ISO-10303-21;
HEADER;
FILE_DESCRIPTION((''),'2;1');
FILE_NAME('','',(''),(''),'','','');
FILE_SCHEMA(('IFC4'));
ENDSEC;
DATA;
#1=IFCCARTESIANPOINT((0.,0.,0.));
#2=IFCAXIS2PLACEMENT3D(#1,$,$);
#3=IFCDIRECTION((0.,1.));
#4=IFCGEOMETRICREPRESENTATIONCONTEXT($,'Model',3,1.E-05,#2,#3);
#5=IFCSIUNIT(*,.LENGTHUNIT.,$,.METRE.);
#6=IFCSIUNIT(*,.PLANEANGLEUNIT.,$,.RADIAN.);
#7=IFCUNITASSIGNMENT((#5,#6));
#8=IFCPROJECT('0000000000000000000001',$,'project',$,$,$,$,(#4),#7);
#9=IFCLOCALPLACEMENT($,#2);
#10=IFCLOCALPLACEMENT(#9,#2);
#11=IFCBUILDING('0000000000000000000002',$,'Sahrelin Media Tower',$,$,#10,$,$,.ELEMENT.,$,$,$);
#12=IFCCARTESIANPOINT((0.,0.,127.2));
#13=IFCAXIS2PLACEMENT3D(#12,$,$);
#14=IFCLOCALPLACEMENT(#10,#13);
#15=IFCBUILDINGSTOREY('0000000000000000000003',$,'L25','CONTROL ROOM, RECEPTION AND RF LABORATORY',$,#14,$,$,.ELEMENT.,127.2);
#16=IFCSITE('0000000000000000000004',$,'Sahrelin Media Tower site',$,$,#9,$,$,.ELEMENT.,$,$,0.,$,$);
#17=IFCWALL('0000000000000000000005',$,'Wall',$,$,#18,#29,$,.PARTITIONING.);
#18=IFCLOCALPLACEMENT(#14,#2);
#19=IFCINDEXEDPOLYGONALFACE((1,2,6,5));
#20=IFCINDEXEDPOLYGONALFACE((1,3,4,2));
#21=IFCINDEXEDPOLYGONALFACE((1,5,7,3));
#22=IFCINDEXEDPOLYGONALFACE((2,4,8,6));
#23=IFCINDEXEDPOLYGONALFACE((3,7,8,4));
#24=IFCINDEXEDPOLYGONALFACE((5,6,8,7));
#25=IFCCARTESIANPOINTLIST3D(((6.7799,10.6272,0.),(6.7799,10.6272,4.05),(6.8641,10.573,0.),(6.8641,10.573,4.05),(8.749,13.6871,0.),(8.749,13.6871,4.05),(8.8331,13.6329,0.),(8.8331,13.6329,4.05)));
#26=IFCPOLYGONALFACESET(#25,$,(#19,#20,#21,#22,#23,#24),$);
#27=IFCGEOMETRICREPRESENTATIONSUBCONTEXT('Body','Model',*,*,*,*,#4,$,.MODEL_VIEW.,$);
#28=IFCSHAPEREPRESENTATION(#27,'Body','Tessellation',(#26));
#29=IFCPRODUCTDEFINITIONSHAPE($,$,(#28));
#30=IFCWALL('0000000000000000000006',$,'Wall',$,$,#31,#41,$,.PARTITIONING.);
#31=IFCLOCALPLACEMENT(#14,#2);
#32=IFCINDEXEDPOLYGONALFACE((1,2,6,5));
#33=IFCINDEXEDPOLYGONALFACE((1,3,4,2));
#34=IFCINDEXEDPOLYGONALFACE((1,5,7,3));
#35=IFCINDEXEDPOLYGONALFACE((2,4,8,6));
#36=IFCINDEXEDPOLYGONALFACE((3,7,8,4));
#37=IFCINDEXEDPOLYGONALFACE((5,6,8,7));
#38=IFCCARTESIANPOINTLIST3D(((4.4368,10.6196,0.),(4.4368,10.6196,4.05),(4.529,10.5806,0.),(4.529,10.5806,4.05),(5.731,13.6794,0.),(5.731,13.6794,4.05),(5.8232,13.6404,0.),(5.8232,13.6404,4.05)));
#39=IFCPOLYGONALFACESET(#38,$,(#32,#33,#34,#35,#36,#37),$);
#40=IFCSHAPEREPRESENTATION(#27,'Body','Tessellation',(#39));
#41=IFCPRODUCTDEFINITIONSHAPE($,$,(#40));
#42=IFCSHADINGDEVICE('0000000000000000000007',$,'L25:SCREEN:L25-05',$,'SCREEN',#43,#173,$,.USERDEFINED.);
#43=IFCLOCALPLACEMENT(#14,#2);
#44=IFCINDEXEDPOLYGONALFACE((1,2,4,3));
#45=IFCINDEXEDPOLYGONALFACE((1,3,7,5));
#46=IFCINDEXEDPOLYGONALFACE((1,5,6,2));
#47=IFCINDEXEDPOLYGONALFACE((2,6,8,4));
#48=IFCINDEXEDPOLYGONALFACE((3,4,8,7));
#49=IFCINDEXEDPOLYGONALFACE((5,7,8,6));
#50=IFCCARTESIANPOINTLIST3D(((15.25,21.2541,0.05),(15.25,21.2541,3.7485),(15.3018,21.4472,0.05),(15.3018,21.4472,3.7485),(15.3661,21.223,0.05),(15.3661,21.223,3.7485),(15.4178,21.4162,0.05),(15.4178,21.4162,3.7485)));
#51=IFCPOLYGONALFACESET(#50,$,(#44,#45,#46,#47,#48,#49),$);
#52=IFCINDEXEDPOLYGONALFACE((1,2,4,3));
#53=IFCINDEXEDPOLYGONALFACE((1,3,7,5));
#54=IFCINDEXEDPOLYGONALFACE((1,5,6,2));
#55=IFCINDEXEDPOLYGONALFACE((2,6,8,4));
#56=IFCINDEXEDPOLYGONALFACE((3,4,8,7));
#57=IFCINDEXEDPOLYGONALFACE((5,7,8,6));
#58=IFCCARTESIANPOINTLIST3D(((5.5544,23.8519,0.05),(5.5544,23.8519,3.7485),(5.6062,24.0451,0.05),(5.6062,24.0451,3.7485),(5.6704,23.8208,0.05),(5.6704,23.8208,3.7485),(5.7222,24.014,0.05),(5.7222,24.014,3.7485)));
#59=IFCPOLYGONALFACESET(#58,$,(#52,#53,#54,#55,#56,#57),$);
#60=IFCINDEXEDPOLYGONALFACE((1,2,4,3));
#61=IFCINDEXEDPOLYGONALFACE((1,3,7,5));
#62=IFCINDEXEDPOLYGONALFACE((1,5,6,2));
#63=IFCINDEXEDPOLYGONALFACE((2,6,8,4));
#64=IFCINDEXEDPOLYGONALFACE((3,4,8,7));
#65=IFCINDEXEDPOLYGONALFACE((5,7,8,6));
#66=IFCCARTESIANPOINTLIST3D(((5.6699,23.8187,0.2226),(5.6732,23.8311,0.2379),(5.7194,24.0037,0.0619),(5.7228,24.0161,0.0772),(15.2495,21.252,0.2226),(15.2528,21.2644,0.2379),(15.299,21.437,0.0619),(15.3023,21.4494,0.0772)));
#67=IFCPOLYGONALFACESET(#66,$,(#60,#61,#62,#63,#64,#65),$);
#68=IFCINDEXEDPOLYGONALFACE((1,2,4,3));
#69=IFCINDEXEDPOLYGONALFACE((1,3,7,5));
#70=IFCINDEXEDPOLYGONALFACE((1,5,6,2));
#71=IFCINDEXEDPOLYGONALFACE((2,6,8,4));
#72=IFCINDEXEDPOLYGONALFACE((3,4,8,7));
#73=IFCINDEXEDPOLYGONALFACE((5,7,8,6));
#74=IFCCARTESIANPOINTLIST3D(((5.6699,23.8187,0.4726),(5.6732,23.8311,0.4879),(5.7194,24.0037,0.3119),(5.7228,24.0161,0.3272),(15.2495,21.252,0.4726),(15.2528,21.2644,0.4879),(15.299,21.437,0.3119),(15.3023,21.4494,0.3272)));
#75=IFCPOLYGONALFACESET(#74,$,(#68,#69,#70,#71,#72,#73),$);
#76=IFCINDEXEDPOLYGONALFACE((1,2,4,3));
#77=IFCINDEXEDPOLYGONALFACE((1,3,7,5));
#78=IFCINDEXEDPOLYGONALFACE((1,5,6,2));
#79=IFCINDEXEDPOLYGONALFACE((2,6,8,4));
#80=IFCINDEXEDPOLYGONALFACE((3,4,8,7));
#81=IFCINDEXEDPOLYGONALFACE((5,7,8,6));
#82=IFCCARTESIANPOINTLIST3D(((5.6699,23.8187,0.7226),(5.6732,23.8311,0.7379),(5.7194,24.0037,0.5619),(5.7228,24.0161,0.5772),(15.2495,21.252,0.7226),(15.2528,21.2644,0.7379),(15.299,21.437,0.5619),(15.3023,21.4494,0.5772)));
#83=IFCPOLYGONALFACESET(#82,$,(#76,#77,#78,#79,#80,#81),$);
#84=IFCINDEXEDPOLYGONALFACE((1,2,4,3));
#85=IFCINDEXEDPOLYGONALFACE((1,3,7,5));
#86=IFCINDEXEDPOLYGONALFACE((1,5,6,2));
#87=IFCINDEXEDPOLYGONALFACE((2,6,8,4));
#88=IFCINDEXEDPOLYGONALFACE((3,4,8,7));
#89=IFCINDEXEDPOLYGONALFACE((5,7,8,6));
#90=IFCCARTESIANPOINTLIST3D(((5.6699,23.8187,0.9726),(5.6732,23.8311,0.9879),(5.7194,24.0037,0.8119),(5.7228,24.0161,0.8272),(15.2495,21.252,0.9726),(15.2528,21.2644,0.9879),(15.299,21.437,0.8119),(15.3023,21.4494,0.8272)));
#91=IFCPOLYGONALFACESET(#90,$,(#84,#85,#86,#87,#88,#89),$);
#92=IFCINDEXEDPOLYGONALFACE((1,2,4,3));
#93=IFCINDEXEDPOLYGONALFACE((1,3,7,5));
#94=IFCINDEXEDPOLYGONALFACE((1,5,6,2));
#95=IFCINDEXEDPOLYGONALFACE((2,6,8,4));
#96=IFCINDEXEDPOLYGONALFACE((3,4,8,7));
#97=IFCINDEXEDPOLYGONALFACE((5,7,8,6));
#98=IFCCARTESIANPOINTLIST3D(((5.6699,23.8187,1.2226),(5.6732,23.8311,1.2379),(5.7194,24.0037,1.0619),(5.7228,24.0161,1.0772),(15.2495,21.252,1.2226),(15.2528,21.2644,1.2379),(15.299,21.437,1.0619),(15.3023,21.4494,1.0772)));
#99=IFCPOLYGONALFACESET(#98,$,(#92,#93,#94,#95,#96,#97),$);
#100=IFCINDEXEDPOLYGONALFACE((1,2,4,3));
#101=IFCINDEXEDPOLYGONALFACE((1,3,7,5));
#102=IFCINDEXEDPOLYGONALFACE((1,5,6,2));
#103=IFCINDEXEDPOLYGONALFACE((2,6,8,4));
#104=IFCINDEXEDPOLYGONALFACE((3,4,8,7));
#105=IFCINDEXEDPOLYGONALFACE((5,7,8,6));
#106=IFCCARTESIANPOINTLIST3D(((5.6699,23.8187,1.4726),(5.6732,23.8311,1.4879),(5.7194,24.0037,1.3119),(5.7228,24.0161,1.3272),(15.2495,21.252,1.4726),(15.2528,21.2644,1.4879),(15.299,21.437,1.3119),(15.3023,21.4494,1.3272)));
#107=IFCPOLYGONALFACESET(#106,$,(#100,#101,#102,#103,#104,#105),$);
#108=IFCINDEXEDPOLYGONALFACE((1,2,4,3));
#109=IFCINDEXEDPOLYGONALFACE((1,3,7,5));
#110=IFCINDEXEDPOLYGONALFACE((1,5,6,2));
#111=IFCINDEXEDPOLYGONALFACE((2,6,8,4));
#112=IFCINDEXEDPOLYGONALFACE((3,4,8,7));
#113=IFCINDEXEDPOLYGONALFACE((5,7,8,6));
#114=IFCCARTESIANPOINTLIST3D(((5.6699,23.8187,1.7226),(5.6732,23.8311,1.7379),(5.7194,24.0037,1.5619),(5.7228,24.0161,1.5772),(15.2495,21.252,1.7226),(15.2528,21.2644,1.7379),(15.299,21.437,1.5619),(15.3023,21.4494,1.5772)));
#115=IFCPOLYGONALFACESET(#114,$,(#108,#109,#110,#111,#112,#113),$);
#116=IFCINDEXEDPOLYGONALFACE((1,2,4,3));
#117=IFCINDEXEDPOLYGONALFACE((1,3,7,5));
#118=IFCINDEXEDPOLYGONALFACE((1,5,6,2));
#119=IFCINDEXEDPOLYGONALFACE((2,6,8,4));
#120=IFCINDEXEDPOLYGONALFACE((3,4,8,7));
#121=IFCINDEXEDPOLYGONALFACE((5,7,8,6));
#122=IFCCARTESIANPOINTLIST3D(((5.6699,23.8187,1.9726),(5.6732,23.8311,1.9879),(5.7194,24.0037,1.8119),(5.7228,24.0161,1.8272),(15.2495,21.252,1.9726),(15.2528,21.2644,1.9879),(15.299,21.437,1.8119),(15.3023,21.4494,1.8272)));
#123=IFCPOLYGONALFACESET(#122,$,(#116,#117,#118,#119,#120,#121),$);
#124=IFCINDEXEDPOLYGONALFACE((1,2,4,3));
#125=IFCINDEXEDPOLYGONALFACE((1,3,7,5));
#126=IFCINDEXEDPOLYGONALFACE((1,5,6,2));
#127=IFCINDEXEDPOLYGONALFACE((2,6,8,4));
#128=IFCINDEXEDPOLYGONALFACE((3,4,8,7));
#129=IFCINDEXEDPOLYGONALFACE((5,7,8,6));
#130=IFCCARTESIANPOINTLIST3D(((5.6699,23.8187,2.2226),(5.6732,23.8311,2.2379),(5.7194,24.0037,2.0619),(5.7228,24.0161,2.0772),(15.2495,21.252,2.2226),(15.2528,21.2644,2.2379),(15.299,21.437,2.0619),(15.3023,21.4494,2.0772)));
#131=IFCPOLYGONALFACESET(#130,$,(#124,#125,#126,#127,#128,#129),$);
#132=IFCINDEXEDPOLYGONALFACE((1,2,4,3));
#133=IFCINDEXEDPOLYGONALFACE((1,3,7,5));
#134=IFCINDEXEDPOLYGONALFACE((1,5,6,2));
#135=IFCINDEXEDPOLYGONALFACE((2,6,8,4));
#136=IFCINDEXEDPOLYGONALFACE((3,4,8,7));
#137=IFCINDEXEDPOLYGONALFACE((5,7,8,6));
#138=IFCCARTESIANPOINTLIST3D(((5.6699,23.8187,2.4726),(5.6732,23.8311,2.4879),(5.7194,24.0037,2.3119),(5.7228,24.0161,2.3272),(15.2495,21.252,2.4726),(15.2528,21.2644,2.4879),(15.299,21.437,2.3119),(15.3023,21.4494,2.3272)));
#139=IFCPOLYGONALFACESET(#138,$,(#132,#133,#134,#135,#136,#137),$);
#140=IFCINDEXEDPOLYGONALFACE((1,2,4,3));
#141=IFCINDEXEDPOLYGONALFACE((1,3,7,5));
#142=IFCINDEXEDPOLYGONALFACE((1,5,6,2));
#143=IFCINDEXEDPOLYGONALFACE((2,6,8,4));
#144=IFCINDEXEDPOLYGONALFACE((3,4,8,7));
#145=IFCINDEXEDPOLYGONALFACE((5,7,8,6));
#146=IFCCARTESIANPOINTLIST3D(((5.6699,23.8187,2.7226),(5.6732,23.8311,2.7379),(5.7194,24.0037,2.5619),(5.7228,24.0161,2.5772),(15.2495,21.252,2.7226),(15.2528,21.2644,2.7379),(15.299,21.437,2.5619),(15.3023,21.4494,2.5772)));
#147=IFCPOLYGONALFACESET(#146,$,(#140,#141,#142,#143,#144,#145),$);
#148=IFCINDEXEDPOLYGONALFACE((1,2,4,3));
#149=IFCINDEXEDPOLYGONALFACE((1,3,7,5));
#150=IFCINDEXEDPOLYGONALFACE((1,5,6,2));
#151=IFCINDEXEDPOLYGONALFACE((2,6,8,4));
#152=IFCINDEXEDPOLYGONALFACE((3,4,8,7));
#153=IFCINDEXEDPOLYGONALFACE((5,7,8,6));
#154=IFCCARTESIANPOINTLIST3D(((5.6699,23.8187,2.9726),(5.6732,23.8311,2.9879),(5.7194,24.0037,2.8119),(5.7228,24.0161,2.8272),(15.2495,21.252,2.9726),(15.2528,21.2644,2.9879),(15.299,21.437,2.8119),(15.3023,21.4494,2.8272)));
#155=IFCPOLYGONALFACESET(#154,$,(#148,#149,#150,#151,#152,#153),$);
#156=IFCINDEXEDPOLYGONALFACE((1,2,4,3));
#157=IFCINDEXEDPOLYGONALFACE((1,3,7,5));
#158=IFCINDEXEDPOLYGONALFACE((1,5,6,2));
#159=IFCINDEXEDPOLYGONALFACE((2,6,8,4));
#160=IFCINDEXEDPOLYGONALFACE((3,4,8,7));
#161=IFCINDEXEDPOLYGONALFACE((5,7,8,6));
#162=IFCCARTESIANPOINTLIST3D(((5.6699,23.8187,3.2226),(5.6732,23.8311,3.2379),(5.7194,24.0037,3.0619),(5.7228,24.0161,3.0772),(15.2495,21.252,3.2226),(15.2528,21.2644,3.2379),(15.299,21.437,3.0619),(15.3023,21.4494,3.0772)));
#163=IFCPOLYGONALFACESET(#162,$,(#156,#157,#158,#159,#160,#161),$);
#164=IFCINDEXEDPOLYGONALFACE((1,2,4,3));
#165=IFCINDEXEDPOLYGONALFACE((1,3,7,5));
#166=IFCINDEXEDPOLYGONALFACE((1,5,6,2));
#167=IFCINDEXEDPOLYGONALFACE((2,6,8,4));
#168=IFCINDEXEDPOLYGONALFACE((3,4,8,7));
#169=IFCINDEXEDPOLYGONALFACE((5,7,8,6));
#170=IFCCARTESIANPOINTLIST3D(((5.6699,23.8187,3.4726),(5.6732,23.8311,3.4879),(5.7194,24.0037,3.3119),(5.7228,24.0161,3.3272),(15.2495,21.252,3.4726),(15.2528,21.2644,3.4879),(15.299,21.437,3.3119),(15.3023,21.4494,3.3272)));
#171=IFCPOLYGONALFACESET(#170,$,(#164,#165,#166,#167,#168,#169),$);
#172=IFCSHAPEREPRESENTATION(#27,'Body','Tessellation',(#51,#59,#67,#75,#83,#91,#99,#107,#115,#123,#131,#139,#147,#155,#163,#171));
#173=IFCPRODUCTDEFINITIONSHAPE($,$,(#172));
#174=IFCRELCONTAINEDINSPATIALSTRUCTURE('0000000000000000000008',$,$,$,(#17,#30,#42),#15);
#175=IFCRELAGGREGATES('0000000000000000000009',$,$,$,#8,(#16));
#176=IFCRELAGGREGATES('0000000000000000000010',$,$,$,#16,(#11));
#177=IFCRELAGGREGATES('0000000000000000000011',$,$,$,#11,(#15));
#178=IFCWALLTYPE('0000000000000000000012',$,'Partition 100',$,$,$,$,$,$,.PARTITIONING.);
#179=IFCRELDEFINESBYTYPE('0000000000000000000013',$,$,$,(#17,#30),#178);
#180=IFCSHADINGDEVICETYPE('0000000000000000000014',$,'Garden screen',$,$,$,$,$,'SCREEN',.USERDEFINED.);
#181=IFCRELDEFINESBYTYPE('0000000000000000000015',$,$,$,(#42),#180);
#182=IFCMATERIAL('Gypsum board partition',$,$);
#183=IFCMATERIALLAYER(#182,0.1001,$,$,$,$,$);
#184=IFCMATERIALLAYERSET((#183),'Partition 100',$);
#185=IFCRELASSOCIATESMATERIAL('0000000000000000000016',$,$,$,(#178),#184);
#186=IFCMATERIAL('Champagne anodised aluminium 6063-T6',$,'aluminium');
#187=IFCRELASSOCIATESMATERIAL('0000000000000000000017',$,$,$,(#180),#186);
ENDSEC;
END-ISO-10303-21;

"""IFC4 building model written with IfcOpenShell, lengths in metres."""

from ifc_helpers import new_model, si_unit, direction, frame, frame_2d, origin, origin_2d, place, context, subcontext, project, spatial, rectangle, extrude, material, layer, layer_set, type_object, element, save


model = new_model("IFC4")

# Units and contexts
model_context = context("Model", 3, precision=1e-05, world=origin(), true_north=direction((0.0, 1.0)))
body_context = subcontext(model_context, "Body", "Model", "MODEL_VIEW")
ifc_project = project(units=[si_unit("LENGTHUNIT", "METRE"), si_unit("PLANEANGLEUNIT", "RADIAN")], contexts=[model_context])

# Site, building, storey
site_placement = place(None, origin())
site = spatial("IfcSite", under=ifc_project, at=site_placement, Name="Sahrelin Media Tower site", CompositionType="ELEMENT", RefElevation=0.0)
building_placement = place(site_placement, origin())
building = spatial("IfcBuilding", under=site, at=building_placement, Name="Sahrelin Media Tower", CompositionType="ELEMENT")
storey_placement = place(building_placement, frame((0.0, 0.0, 127.2)))
storey = spatial("IfcBuildingStorey", under=building, at=storey_placement, Name="L25", Description="CONTROL ROOM, RECEPTION AND RF LABORATORY", CompositionType="ELEMENT", Elevation=127.2)

# Walls
ifc_material_1 = material(Name="Gypsum board partition")
ifc_layer_1 = layer(ifc_material_1, 0.1001)
ifc_layer_set_1 = layer_set([ifc_layer_1], Name="Partition 100")
wall_type_1 = type_object("IfcWallType", Name="Partition 100", PredefinedType="PARTITIONING", material=ifc_layer_set_1)
wall_1_placement = place(storey_placement, frame((6.822, 10.6001, 0.0), z_axis=(0.0, 0.0, 1.0), x_axis=(0.541141, 0.840932, 0.0)))
element("IfcWall", 1, at=wall_1_placement, inside=storey, type_object=wall_type_1, Name="Wall", PredefinedType="PARTITIONING", context=body_context, shape_type="SweptSolid", body=[
    extrude(rectangle(XDim=3.6387, YDim=0.1001, at=frame_2d((1.8193, 0.0))), origin(), (0.0, 0.0, 1.0), 4.05),
])
wall_2_placement = place(storey_placement, frame((4.4829, 10.6001, 0.0), z_axis=(0.0, 0.0, 1.0), x_axis=(0.389551, 0.921005, 0.0)))
element("IfcWall", 2, at=wall_2_placement, inside=storey, type_object=wall_type_1, Name="Wall", PredefinedType="PARTITIONING", context=body_context, shape_type="SweptSolid", body=[
    extrude(rectangle(XDim=3.3223, YDim=0.1001, at=frame_2d((1.6611, 0.0))), origin(), (0.0, 0.0, 1.0), 4.05),
])

# Shading device
ifc_material_2 = material(Name="Champagne anodised aluminium 6063-T6", Category="aluminium")
shading_device_type = type_object("IfcShadingDeviceType", Name="Garden screen", ElementType="SCREEN", PredefinedType="USERDEFINED", material=ifc_material_2)
shading_device_1_placement = place(storey_placement, frame((10.4602, 22.5374, 0.0), z_axis=(0.0, 0.0, 1.0), x_axis=(0.965929, -0.258808, 0.0)))
element("IfcShadingDevice", 3, at=shading_device_1_placement, inside=storey, type_object=shading_device_type, Name="L25:SCREEN:L25-05", ObjectType="SCREEN", PredefinedType="USERDEFINED", context=body_context, shape_type="SweptSolid", body=[
    extrude(rectangle(XDim=0.1201, YDim=0.2, at=origin_2d()), frame((5.0188, 0.1001, 0.05), z_axis=(0.0, 0.0, 1.0), x_axis=(1.0, 0.0, 0.0)), (0.0, 0.0, 1.0), 3.6985),
    extrude(rectangle(XDim=0.1201, YDim=0.2, at=origin_2d()), frame((-5.0188, 0.1001, 0.05), z_axis=(0.0, 0.0, 1.0), x_axis=(1.0, 0.0, 0.0)), (0.0, 0.0, 1.0), 3.6985),
    extrude(rectangle(XDim=0.25, YDim=0.02, at=origin_2d()), frame((4.9587, 0.1001, 0.1499), z_axis=(-1.0, 0.0, 0.0), x_axis=(0.0, -0.766044, 0.642788)), (0.0, 0.0, 1.0), 9.9175),
    extrude(rectangle(XDim=0.25, YDim=0.02, at=origin_2d()), frame((4.9587, 0.1001, 0.3999), z_axis=(-1.0, 0.0, 0.0), x_axis=(0.0, -0.766044, 0.642788)), (0.0, 0.0, 1.0), 9.9175),
    extrude(rectangle(XDim=0.25, YDim=0.02, at=origin_2d()), frame((4.9587, 0.1001, 0.6499), z_axis=(-1.0, 0.0, 0.0), x_axis=(0.0, -0.766044, 0.642788)), (0.0, 0.0, 1.0), 9.9175),
    extrude(rectangle(XDim=0.25, YDim=0.02, at=origin_2d()), frame((4.9587, 0.1001, 0.8999), z_axis=(-1.0, 0.0, 0.0), x_axis=(0.0, -0.766044, 0.642788)), (0.0, 0.0, 1.0), 9.9175),
    extrude(rectangle(XDim=0.25, YDim=0.02, at=origin_2d()), frame((4.9587, 0.1001, 1.1499), z_axis=(-1.0, 0.0, 0.0), x_axis=(0.0, -0.766044, 0.642788)), (0.0, 0.0, 1.0), 9.9175),
    extrude(rectangle(XDim=0.25, YDim=0.02, at=origin_2d()), frame((4.9587, 0.1001, 1.3999), z_axis=(-1.0, 0.0, 0.0), x_axis=(0.0, -0.766044, 0.642788)), (0.0, 0.0, 1.0), 9.9175),
    extrude(rectangle(XDim=0.25, YDim=0.02, at=origin_2d()), frame((4.9587, 0.1001, 1.6499), z_axis=(-1.0, 0.0, 0.0), x_axis=(0.0, -0.766044, 0.642788)), (0.0, 0.0, 1.0), 9.9175),
    extrude(rectangle(XDim=0.25, YDim=0.02, at=origin_2d()), frame((4.9587, 0.1001, 1.8999), z_axis=(-1.0, 0.0, 0.0), x_axis=(0.0, -0.766044, 0.642788)), (0.0, 0.0, 1.0), 9.9175),
    extrude(rectangle(XDim=0.25, YDim=0.02, at=origin_2d()), frame((4.9587, 0.1001, 2.1499), z_axis=(-1.0, 0.0, 0.0), x_axis=(0.0, -0.766044, 0.642788)), (0.0, 0.0, 1.0), 9.9175),
    extrude(rectangle(XDim=0.25, YDim=0.02, at=origin_2d()), frame((4.9587, 0.1001, 2.3999), z_axis=(-1.0, 0.0, 0.0), x_axis=(0.0, -0.766044, 0.642788)), (0.0, 0.0, 1.0), 9.9175),
    extrude(rectangle(XDim=0.25, YDim=0.02, at=origin_2d()), frame((4.9587, 0.1001, 2.6499), z_axis=(-1.0, 0.0, 0.0), x_axis=(0.0, -0.766044, 0.642788)), (0.0, 0.0, 1.0), 9.9175),
    extrude(rectangle(XDim=0.25, YDim=0.02, at=origin_2d()), frame((4.9587, 0.1001, 2.8999), z_axis=(-1.0, 0.0, 0.0), x_axis=(0.0, -0.766044, 0.642788)), (0.0, 0.0, 1.0), 9.9175),
    extrude(rectangle(XDim=0.25, YDim=0.02, at=origin_2d()), frame((4.9587, 0.1001, 3.1499), z_axis=(-1.0, 0.0, 0.0), x_axis=(0.0, -0.766044, 0.642788)), (0.0, 0.0, 1.0), 9.9175),
    extrude(rectangle(XDim=0.25, YDim=0.02, at=origin_2d()), frame((4.9587, 0.1001, 3.3999), z_axis=(-1.0, 0.0, 0.0), x_axis=(0.0, -0.766044, 0.642788)), (0.0, 0.0, 1.0), 9.9175),
])

save(model, "model.ifc")
